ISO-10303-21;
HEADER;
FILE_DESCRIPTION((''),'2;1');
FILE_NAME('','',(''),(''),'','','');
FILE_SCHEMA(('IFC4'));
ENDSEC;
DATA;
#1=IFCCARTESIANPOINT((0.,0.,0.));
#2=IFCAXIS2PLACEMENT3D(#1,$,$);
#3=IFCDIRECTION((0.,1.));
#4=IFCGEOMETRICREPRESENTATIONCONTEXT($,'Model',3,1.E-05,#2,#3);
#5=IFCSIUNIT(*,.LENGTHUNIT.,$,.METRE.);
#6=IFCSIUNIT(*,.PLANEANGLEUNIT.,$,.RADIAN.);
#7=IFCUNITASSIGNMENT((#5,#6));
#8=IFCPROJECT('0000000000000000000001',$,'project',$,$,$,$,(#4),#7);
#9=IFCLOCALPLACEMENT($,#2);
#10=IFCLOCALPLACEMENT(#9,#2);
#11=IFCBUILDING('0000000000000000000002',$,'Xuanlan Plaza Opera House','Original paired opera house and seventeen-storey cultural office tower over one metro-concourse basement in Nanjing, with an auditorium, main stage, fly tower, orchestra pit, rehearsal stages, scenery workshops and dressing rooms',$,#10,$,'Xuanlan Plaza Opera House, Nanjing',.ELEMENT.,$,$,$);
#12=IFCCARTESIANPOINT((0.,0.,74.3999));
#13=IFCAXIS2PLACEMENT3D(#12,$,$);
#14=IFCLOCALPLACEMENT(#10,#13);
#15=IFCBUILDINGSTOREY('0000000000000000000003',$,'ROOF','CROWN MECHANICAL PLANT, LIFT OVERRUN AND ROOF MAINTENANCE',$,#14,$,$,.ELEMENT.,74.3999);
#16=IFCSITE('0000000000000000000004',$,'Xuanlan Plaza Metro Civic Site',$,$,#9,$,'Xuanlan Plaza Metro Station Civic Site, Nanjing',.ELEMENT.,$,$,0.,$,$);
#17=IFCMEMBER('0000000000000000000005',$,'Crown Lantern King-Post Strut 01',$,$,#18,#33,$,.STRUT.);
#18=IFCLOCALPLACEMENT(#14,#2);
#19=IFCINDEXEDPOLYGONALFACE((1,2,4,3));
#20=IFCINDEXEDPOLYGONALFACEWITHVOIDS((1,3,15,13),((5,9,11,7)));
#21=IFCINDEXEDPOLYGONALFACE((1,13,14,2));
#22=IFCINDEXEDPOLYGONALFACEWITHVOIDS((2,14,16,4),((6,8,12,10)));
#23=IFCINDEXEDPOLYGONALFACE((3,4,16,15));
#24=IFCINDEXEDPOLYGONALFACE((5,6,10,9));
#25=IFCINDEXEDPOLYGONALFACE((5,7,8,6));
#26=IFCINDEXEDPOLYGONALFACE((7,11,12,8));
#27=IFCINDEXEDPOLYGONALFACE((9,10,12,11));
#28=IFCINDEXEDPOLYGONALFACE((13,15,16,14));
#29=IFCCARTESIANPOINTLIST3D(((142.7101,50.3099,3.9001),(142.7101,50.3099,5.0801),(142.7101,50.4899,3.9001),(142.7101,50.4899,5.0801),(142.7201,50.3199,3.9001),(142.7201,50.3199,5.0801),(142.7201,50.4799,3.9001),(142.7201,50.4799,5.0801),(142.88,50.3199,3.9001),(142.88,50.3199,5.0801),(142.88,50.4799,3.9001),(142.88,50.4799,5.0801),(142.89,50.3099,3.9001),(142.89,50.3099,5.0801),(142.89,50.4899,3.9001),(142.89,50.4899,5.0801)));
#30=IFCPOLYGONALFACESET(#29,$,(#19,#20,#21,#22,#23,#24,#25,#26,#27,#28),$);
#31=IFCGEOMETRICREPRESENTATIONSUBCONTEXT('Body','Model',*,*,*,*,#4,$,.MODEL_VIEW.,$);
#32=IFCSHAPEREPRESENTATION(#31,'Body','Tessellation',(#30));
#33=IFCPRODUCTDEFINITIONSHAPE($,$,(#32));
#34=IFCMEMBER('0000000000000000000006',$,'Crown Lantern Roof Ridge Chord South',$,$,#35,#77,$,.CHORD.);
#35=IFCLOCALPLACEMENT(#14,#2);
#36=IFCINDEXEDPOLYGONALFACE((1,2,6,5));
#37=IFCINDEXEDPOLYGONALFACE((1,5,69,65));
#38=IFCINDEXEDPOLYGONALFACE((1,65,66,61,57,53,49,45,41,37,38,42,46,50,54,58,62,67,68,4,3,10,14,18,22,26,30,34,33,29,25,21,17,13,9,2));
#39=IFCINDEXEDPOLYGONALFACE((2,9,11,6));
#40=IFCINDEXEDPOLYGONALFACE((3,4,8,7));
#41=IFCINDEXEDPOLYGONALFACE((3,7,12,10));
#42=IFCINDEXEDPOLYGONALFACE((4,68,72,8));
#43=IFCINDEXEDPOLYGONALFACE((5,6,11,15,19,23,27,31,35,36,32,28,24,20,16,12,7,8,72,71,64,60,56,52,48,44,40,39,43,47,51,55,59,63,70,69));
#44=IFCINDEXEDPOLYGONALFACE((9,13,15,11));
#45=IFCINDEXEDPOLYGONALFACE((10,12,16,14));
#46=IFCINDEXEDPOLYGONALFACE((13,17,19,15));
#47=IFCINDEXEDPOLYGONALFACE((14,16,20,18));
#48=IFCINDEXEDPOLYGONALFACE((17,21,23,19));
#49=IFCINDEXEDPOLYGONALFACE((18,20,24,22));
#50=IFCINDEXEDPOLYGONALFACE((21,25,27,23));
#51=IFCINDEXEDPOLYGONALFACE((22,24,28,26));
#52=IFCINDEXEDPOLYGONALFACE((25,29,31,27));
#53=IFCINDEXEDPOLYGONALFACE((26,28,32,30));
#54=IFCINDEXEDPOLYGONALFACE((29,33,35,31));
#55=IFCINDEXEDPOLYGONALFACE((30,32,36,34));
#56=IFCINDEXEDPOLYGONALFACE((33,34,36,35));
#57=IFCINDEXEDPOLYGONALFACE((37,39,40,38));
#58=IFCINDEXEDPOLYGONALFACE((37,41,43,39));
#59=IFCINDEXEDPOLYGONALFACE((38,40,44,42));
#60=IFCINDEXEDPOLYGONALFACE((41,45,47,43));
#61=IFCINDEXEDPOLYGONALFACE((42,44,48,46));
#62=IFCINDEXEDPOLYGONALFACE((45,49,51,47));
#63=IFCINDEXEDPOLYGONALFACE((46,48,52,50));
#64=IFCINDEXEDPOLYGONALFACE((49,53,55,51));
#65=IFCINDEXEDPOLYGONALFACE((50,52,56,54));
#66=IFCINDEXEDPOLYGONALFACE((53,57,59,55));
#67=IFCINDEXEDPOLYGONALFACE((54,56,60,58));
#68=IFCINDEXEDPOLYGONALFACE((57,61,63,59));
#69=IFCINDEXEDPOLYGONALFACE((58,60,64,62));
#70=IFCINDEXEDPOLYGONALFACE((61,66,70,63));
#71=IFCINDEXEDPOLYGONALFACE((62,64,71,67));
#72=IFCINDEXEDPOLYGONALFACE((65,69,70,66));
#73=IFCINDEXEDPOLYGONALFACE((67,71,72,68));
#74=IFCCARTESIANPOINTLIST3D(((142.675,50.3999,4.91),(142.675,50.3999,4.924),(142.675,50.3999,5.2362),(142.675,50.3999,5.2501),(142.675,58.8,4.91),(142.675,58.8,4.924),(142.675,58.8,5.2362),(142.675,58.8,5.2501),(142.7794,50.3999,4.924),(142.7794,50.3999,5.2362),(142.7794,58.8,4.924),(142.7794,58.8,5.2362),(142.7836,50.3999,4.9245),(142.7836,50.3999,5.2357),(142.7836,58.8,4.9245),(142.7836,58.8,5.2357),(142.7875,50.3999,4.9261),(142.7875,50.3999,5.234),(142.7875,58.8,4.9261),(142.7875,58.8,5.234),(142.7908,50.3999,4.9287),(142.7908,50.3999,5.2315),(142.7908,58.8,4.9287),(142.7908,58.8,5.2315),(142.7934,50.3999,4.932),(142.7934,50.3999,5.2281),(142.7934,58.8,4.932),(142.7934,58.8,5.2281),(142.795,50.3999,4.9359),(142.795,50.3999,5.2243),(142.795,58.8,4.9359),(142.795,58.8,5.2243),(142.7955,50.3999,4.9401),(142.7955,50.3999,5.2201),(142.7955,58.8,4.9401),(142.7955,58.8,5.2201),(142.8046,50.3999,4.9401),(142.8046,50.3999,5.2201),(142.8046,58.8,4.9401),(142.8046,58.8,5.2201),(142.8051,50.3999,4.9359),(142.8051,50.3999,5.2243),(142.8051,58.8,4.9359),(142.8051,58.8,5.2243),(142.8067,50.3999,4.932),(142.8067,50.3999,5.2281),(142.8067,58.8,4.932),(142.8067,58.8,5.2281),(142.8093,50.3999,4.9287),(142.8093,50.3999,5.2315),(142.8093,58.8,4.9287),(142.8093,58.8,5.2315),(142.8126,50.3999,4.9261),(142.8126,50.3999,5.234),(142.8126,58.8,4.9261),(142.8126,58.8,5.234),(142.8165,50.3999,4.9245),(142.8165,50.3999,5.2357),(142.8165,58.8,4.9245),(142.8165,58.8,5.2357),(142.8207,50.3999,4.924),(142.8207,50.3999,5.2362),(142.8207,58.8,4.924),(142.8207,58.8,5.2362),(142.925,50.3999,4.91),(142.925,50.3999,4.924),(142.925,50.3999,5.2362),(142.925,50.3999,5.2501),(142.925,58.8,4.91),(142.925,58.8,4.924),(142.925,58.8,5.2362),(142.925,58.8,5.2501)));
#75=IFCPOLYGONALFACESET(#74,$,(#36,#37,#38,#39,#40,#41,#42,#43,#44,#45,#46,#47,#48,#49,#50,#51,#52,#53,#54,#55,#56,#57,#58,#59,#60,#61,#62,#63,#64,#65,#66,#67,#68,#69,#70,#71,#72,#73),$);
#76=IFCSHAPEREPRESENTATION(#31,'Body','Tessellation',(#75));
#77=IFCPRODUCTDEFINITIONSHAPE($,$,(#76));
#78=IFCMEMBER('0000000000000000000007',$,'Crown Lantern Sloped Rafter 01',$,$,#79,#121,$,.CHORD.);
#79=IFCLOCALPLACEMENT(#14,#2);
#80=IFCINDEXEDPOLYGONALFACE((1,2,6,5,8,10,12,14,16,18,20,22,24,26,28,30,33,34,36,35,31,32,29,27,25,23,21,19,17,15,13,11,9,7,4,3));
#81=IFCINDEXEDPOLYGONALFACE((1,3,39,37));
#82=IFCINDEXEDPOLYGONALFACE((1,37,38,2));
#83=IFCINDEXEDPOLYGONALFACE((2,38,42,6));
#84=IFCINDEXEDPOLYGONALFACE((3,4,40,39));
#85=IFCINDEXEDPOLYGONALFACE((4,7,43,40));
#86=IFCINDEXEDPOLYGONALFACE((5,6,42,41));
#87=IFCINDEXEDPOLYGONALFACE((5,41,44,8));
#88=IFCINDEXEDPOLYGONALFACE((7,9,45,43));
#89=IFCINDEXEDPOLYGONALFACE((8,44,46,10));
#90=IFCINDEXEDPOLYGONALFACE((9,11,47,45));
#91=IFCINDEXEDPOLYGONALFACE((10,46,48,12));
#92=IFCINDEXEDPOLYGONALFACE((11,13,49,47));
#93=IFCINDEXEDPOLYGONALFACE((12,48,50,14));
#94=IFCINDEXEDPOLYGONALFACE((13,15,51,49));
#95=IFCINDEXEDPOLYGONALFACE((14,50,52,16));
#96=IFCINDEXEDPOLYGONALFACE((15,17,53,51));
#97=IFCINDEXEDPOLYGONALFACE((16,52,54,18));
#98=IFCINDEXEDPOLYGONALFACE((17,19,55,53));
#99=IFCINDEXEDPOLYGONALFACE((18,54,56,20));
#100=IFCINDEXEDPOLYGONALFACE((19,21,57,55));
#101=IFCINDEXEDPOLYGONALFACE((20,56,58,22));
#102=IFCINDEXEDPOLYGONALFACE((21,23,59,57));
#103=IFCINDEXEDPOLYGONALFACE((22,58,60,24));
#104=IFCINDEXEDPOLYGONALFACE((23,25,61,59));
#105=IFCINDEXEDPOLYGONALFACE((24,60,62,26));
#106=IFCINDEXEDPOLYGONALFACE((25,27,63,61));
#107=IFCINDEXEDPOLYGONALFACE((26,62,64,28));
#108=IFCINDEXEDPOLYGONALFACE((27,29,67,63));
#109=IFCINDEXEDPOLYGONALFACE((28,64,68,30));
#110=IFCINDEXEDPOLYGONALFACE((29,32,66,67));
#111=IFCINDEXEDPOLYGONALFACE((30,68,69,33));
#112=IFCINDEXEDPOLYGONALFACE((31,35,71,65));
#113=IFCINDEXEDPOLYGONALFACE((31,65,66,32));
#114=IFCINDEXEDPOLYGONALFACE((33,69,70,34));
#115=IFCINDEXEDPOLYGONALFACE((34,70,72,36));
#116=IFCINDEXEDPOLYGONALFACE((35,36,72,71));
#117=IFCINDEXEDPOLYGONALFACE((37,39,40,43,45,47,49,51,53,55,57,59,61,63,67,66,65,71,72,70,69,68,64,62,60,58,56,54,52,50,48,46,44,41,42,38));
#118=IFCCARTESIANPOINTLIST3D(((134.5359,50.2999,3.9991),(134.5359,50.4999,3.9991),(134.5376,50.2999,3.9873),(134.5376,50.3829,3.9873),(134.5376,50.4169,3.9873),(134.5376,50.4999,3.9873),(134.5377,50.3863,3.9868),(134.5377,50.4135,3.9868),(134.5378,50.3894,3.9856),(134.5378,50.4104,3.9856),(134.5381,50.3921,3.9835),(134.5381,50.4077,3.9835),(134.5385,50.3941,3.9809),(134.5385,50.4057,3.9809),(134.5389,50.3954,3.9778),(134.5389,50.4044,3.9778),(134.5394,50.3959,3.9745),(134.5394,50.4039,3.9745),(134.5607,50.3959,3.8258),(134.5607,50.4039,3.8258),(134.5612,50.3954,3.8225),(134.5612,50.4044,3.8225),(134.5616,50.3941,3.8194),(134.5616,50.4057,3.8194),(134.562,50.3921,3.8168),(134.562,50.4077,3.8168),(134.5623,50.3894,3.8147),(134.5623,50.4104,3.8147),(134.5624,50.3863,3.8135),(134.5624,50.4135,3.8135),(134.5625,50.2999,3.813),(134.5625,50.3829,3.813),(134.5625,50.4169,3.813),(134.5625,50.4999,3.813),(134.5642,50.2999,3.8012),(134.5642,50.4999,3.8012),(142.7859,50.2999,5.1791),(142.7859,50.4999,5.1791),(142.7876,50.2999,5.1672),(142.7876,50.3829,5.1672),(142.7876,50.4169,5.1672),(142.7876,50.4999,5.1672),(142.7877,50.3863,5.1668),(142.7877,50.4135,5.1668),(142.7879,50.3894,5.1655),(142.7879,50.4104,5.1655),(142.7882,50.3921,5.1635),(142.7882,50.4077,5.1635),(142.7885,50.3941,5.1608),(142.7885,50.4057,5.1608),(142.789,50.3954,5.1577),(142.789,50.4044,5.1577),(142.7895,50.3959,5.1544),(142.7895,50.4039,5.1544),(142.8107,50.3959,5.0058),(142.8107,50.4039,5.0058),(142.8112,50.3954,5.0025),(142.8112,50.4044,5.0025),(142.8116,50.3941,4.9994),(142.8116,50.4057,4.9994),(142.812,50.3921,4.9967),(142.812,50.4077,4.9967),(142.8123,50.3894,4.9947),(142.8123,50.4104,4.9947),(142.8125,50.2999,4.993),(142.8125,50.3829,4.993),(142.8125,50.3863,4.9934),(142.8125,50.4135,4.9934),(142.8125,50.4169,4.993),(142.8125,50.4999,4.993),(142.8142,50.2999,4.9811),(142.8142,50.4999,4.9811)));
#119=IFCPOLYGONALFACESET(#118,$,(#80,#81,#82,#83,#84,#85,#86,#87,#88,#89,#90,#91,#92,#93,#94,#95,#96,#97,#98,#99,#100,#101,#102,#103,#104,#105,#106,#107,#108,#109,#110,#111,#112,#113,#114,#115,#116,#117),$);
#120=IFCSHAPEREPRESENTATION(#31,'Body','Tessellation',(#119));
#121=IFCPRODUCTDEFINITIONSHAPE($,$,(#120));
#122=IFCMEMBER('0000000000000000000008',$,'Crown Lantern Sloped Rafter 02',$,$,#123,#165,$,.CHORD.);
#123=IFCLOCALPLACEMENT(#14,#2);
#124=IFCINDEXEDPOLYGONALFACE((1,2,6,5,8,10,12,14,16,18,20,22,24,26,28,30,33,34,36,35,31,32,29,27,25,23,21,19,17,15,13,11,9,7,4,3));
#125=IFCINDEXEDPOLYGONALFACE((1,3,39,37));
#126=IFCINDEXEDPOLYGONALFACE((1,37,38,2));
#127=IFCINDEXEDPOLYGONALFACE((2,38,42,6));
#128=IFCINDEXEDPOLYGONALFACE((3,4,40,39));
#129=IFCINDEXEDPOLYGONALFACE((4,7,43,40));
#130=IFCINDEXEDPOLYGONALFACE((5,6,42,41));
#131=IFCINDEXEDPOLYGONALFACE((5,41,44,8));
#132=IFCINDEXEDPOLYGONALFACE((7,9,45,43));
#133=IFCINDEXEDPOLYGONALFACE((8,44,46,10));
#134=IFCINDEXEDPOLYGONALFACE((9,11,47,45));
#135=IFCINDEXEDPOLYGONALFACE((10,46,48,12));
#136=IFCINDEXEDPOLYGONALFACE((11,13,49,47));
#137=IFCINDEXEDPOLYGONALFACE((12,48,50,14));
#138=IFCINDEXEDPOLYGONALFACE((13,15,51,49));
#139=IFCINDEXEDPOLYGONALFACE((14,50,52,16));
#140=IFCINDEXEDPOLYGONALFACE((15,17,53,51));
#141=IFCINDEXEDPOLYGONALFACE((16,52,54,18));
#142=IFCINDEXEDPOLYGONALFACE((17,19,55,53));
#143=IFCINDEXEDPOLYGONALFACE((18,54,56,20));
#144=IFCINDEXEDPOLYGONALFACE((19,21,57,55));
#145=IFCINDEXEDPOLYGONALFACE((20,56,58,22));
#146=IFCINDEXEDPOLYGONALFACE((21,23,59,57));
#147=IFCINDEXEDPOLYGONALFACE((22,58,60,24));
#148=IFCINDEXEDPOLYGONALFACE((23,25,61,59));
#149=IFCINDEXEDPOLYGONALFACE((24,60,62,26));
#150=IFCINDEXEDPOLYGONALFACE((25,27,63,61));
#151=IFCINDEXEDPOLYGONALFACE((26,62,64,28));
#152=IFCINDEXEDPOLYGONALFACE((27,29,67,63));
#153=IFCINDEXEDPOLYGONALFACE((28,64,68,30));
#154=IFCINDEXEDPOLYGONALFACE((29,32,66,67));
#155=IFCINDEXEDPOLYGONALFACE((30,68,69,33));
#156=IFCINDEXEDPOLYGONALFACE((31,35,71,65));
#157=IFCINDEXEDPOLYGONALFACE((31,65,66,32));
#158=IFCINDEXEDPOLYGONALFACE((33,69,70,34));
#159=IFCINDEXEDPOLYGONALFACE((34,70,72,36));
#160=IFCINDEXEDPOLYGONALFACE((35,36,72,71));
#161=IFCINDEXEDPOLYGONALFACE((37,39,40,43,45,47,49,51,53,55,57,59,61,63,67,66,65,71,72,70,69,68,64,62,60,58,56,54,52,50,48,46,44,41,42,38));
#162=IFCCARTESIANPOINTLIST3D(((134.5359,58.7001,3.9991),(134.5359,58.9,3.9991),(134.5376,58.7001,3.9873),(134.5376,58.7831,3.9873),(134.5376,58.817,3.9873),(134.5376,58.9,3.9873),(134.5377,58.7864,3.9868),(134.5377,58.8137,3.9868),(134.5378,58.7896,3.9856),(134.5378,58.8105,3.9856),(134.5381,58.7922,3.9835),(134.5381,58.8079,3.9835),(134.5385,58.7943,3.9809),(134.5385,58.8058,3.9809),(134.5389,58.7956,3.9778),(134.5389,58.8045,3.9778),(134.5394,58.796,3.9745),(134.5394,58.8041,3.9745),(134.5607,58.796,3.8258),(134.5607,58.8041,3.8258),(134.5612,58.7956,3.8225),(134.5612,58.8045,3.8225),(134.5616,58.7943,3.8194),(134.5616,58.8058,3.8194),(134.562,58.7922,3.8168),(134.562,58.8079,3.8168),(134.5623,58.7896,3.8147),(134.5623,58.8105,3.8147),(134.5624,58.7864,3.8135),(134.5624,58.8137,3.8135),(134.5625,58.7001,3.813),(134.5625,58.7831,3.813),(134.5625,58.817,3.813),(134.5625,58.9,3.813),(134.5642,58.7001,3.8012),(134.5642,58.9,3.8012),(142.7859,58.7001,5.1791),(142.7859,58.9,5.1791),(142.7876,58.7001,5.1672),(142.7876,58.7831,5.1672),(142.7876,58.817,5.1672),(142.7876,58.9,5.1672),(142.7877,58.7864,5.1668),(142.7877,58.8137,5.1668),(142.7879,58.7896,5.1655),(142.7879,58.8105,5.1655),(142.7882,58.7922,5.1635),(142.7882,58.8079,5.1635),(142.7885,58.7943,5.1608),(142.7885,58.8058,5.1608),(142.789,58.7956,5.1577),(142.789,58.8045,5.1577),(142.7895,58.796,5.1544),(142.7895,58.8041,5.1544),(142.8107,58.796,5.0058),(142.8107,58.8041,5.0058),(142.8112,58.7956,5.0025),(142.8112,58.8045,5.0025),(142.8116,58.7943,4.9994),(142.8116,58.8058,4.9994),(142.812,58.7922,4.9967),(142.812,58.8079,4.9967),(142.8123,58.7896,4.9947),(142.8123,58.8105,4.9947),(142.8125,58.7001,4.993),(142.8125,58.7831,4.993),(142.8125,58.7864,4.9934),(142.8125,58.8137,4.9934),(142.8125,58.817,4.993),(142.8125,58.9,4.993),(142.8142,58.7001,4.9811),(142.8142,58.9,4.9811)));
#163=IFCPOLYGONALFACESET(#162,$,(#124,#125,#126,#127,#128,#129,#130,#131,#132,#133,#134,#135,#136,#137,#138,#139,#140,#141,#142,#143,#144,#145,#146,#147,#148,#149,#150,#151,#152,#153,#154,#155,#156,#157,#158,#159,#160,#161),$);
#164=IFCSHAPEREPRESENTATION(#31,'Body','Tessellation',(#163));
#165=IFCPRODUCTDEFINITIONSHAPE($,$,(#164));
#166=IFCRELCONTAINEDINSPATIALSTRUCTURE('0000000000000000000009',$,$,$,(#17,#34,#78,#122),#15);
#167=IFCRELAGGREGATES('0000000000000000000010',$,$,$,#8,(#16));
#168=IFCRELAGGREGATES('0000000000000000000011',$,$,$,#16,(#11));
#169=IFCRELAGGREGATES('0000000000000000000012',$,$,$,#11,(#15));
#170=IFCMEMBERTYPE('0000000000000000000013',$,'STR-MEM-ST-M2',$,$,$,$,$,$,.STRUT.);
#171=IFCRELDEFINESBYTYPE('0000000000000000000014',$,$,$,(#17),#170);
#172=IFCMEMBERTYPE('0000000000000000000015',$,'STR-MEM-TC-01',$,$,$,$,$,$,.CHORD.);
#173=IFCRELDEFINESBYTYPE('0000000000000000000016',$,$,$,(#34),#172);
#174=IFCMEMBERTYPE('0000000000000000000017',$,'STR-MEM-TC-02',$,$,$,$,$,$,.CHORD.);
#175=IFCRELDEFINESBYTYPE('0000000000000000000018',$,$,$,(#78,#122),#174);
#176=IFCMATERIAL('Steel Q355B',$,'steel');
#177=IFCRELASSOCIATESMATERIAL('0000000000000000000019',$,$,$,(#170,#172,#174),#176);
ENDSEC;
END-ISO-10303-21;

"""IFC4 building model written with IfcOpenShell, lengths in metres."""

from ifc_helpers import new_model, si_unit, direction, frame, origin, origin_2d, place, context, subcontext, project, spatial, hollow_rectangle, i_section, extrude, material, material_profile, profile_set, type_object, element, save


model = new_model("IFC4")

# Units and contexts
model_context = context("Model", 3, precision=1e-05, world=origin(), true_north=direction((0.0, 1.0)))
body_context = subcontext(model_context, "Body", "Model", "MODEL_VIEW")
ifc_project = project(units=[si_unit("LENGTHUNIT", "METRE"), si_unit("PLANEANGLEUNIT", "RADIAN")], contexts=[model_context])

# Site, building, storey
site_placement = place(None, origin())
site = spatial("IfcSite", under=ifc_project, at=site_placement, Name="Xuanlan Plaza Metro Civic Site", LongName="Xuanlan Plaza Metro Station Civic Site, Nanjing", CompositionType="ELEMENT", RefElevation=0.0)
building_placement = place(site_placement, origin())
building = spatial("IfcBuilding", under=site, at=building_placement, Name="Xuanlan Plaza Opera House", Description="Original paired opera house and seventeen-storey cultural office tower over one metro-concourse basement in Nanjing, with an auditorium, main stage, fly tower, orchestra pit, rehearsal stages, scenery workshops and dressing rooms", LongName="Xuanlan Plaza Opera House, Nanjing", CompositionType="ELEMENT")
storey_placement = place(building_placement, frame((0.0, 0.0, 74.3999)))
storey = spatial("IfcBuildingStorey", under=building, at=storey_placement, Name="ROOF", Description="CROWN MECHANICAL PLANT, LIFT OVERRUN AND ROOF MAINTENANCE", CompositionType="ELEMENT", Elevation=74.3999)

# Shared definitions
ifc_material_1 = material(Name="Steel Q355B", Category="steel")

# Members
ifc_material_profile_1 = material_profile(ifc_material_1, hollow_rectangle(XDim=0.1799, YDim=0.1799, WallThickness=0.01, at=origin_2d()), Name="SHS 180x180x10")
ifc_profile_set_1 = profile_set([ifc_material_profile_1], Name="Steel Q355B")
member_type_1 = type_object("IfcMemberType", Name="STR-MEM-ST-M2", PredefinedType="STRUT", material=ifc_profile_set_1)
member_1_placement = place(storey_placement, frame((142.8, 50.3999, 3.9001), z_axis=(0.0, 0.0, 1.0), x_axis=(1.0, 0.0, 0.0)))
element("IfcMember", 1, at=member_1_placement, inside=storey, type_object=member_type_1, Name="Crown Lantern King-Post Strut 01", PredefinedType="STRUT", context=body_context, shape_type="SweptSolid", body=[
    extrude(hollow_rectangle(XDim=0.1799, YDim=0.1799, WallThickness=0.01, at=origin_2d()), origin(), (0.0, 0.0, 1.0), 1.1799),
])
ifc_material_profile_2 = material_profile(ifc_material_1, i_section(OverallWidth=0.25, OverallDepth=0.3401, WebThickness=0.009, FlangeThickness=0.0139, FilletRadius=0.0161, at=origin_2d()), Name="HM 340x250x9x14")
ifc_profile_set_2 = profile_set([ifc_material_profile_2], Name="Steel Q355B")
member_type_2 = type_object("IfcMemberType", Name="STR-MEM-TC-01", PredefinedType="CHORD", material=ifc_profile_set_2)
member_2_placement = place(storey_placement, frame((142.8, 50.3999, 5.0801), z_axis=(0.0, 1.0, 0.0), x_axis=(-1.0, 0.0, 0.0)))
element("IfcMember", 2, at=member_2_placement, inside=storey, type_object=member_type_2, Name="Crown Lantern Roof Ridge Chord South", PredefinedType="CHORD", context=body_context, shape_type="SweptSolid", body=[
    extrude(i_section(OverallWidth=0.25, OverallDepth=0.3401, WebThickness=0.009, FlangeThickness=0.0139, FilletRadius=0.0161, at=origin_2d()), origin(), (0.0, 0.0, 1.0), 8.4001),
])
ifc_material_profile_3 = material_profile(ifc_material_1, i_section(OverallWidth=0.2, OverallDepth=0.2, WebThickness=0.0081, FlangeThickness=0.012, FilletRadius=0.0129, at=origin_2d()), Name="HW 200x200x8x12")
ifc_profile_set_3 = profile_set([ifc_material_profile_3], Name="Steel Q355B")
member_type_3 = type_object("IfcMemberType", Name="STR-MEM-TC-02", PredefinedType="CHORD", material=ifc_profile_set_3)
for number, where, z_axis, x_axis, name in (
    (3, (134.55, 50.3999, 3.9001), (0.989927, 0.0, 0.141581), (0.0, 1.0, 0.0), "Crown Lantern Sloped Rafter 01"),
    (4, (134.55, 58.8, 3.9001), (0.989927, 0.0, 0.141581), (0.0, 1.0, 0.0), "Crown Lantern Sloped Rafter 02"),
):
    element("IfcMember", number, at=place(storey_placement, frame(where, z_axis=z_axis, x_axis=x_axis)), inside=storey, type_object=member_type_3, Name=name, PredefinedType="CHORD", context=body_context, shape_type="SweptSolid", body=[
        extrude(i_section(OverallWidth=0.2, OverallDepth=0.2, WebThickness=0.0081, FlangeThickness=0.012, FilletRadius=0.0129, at=origin_2d()), origin(), (0.0, 0.0, 1.0), 8.334),
    ])

save(model, "model.ifc")
